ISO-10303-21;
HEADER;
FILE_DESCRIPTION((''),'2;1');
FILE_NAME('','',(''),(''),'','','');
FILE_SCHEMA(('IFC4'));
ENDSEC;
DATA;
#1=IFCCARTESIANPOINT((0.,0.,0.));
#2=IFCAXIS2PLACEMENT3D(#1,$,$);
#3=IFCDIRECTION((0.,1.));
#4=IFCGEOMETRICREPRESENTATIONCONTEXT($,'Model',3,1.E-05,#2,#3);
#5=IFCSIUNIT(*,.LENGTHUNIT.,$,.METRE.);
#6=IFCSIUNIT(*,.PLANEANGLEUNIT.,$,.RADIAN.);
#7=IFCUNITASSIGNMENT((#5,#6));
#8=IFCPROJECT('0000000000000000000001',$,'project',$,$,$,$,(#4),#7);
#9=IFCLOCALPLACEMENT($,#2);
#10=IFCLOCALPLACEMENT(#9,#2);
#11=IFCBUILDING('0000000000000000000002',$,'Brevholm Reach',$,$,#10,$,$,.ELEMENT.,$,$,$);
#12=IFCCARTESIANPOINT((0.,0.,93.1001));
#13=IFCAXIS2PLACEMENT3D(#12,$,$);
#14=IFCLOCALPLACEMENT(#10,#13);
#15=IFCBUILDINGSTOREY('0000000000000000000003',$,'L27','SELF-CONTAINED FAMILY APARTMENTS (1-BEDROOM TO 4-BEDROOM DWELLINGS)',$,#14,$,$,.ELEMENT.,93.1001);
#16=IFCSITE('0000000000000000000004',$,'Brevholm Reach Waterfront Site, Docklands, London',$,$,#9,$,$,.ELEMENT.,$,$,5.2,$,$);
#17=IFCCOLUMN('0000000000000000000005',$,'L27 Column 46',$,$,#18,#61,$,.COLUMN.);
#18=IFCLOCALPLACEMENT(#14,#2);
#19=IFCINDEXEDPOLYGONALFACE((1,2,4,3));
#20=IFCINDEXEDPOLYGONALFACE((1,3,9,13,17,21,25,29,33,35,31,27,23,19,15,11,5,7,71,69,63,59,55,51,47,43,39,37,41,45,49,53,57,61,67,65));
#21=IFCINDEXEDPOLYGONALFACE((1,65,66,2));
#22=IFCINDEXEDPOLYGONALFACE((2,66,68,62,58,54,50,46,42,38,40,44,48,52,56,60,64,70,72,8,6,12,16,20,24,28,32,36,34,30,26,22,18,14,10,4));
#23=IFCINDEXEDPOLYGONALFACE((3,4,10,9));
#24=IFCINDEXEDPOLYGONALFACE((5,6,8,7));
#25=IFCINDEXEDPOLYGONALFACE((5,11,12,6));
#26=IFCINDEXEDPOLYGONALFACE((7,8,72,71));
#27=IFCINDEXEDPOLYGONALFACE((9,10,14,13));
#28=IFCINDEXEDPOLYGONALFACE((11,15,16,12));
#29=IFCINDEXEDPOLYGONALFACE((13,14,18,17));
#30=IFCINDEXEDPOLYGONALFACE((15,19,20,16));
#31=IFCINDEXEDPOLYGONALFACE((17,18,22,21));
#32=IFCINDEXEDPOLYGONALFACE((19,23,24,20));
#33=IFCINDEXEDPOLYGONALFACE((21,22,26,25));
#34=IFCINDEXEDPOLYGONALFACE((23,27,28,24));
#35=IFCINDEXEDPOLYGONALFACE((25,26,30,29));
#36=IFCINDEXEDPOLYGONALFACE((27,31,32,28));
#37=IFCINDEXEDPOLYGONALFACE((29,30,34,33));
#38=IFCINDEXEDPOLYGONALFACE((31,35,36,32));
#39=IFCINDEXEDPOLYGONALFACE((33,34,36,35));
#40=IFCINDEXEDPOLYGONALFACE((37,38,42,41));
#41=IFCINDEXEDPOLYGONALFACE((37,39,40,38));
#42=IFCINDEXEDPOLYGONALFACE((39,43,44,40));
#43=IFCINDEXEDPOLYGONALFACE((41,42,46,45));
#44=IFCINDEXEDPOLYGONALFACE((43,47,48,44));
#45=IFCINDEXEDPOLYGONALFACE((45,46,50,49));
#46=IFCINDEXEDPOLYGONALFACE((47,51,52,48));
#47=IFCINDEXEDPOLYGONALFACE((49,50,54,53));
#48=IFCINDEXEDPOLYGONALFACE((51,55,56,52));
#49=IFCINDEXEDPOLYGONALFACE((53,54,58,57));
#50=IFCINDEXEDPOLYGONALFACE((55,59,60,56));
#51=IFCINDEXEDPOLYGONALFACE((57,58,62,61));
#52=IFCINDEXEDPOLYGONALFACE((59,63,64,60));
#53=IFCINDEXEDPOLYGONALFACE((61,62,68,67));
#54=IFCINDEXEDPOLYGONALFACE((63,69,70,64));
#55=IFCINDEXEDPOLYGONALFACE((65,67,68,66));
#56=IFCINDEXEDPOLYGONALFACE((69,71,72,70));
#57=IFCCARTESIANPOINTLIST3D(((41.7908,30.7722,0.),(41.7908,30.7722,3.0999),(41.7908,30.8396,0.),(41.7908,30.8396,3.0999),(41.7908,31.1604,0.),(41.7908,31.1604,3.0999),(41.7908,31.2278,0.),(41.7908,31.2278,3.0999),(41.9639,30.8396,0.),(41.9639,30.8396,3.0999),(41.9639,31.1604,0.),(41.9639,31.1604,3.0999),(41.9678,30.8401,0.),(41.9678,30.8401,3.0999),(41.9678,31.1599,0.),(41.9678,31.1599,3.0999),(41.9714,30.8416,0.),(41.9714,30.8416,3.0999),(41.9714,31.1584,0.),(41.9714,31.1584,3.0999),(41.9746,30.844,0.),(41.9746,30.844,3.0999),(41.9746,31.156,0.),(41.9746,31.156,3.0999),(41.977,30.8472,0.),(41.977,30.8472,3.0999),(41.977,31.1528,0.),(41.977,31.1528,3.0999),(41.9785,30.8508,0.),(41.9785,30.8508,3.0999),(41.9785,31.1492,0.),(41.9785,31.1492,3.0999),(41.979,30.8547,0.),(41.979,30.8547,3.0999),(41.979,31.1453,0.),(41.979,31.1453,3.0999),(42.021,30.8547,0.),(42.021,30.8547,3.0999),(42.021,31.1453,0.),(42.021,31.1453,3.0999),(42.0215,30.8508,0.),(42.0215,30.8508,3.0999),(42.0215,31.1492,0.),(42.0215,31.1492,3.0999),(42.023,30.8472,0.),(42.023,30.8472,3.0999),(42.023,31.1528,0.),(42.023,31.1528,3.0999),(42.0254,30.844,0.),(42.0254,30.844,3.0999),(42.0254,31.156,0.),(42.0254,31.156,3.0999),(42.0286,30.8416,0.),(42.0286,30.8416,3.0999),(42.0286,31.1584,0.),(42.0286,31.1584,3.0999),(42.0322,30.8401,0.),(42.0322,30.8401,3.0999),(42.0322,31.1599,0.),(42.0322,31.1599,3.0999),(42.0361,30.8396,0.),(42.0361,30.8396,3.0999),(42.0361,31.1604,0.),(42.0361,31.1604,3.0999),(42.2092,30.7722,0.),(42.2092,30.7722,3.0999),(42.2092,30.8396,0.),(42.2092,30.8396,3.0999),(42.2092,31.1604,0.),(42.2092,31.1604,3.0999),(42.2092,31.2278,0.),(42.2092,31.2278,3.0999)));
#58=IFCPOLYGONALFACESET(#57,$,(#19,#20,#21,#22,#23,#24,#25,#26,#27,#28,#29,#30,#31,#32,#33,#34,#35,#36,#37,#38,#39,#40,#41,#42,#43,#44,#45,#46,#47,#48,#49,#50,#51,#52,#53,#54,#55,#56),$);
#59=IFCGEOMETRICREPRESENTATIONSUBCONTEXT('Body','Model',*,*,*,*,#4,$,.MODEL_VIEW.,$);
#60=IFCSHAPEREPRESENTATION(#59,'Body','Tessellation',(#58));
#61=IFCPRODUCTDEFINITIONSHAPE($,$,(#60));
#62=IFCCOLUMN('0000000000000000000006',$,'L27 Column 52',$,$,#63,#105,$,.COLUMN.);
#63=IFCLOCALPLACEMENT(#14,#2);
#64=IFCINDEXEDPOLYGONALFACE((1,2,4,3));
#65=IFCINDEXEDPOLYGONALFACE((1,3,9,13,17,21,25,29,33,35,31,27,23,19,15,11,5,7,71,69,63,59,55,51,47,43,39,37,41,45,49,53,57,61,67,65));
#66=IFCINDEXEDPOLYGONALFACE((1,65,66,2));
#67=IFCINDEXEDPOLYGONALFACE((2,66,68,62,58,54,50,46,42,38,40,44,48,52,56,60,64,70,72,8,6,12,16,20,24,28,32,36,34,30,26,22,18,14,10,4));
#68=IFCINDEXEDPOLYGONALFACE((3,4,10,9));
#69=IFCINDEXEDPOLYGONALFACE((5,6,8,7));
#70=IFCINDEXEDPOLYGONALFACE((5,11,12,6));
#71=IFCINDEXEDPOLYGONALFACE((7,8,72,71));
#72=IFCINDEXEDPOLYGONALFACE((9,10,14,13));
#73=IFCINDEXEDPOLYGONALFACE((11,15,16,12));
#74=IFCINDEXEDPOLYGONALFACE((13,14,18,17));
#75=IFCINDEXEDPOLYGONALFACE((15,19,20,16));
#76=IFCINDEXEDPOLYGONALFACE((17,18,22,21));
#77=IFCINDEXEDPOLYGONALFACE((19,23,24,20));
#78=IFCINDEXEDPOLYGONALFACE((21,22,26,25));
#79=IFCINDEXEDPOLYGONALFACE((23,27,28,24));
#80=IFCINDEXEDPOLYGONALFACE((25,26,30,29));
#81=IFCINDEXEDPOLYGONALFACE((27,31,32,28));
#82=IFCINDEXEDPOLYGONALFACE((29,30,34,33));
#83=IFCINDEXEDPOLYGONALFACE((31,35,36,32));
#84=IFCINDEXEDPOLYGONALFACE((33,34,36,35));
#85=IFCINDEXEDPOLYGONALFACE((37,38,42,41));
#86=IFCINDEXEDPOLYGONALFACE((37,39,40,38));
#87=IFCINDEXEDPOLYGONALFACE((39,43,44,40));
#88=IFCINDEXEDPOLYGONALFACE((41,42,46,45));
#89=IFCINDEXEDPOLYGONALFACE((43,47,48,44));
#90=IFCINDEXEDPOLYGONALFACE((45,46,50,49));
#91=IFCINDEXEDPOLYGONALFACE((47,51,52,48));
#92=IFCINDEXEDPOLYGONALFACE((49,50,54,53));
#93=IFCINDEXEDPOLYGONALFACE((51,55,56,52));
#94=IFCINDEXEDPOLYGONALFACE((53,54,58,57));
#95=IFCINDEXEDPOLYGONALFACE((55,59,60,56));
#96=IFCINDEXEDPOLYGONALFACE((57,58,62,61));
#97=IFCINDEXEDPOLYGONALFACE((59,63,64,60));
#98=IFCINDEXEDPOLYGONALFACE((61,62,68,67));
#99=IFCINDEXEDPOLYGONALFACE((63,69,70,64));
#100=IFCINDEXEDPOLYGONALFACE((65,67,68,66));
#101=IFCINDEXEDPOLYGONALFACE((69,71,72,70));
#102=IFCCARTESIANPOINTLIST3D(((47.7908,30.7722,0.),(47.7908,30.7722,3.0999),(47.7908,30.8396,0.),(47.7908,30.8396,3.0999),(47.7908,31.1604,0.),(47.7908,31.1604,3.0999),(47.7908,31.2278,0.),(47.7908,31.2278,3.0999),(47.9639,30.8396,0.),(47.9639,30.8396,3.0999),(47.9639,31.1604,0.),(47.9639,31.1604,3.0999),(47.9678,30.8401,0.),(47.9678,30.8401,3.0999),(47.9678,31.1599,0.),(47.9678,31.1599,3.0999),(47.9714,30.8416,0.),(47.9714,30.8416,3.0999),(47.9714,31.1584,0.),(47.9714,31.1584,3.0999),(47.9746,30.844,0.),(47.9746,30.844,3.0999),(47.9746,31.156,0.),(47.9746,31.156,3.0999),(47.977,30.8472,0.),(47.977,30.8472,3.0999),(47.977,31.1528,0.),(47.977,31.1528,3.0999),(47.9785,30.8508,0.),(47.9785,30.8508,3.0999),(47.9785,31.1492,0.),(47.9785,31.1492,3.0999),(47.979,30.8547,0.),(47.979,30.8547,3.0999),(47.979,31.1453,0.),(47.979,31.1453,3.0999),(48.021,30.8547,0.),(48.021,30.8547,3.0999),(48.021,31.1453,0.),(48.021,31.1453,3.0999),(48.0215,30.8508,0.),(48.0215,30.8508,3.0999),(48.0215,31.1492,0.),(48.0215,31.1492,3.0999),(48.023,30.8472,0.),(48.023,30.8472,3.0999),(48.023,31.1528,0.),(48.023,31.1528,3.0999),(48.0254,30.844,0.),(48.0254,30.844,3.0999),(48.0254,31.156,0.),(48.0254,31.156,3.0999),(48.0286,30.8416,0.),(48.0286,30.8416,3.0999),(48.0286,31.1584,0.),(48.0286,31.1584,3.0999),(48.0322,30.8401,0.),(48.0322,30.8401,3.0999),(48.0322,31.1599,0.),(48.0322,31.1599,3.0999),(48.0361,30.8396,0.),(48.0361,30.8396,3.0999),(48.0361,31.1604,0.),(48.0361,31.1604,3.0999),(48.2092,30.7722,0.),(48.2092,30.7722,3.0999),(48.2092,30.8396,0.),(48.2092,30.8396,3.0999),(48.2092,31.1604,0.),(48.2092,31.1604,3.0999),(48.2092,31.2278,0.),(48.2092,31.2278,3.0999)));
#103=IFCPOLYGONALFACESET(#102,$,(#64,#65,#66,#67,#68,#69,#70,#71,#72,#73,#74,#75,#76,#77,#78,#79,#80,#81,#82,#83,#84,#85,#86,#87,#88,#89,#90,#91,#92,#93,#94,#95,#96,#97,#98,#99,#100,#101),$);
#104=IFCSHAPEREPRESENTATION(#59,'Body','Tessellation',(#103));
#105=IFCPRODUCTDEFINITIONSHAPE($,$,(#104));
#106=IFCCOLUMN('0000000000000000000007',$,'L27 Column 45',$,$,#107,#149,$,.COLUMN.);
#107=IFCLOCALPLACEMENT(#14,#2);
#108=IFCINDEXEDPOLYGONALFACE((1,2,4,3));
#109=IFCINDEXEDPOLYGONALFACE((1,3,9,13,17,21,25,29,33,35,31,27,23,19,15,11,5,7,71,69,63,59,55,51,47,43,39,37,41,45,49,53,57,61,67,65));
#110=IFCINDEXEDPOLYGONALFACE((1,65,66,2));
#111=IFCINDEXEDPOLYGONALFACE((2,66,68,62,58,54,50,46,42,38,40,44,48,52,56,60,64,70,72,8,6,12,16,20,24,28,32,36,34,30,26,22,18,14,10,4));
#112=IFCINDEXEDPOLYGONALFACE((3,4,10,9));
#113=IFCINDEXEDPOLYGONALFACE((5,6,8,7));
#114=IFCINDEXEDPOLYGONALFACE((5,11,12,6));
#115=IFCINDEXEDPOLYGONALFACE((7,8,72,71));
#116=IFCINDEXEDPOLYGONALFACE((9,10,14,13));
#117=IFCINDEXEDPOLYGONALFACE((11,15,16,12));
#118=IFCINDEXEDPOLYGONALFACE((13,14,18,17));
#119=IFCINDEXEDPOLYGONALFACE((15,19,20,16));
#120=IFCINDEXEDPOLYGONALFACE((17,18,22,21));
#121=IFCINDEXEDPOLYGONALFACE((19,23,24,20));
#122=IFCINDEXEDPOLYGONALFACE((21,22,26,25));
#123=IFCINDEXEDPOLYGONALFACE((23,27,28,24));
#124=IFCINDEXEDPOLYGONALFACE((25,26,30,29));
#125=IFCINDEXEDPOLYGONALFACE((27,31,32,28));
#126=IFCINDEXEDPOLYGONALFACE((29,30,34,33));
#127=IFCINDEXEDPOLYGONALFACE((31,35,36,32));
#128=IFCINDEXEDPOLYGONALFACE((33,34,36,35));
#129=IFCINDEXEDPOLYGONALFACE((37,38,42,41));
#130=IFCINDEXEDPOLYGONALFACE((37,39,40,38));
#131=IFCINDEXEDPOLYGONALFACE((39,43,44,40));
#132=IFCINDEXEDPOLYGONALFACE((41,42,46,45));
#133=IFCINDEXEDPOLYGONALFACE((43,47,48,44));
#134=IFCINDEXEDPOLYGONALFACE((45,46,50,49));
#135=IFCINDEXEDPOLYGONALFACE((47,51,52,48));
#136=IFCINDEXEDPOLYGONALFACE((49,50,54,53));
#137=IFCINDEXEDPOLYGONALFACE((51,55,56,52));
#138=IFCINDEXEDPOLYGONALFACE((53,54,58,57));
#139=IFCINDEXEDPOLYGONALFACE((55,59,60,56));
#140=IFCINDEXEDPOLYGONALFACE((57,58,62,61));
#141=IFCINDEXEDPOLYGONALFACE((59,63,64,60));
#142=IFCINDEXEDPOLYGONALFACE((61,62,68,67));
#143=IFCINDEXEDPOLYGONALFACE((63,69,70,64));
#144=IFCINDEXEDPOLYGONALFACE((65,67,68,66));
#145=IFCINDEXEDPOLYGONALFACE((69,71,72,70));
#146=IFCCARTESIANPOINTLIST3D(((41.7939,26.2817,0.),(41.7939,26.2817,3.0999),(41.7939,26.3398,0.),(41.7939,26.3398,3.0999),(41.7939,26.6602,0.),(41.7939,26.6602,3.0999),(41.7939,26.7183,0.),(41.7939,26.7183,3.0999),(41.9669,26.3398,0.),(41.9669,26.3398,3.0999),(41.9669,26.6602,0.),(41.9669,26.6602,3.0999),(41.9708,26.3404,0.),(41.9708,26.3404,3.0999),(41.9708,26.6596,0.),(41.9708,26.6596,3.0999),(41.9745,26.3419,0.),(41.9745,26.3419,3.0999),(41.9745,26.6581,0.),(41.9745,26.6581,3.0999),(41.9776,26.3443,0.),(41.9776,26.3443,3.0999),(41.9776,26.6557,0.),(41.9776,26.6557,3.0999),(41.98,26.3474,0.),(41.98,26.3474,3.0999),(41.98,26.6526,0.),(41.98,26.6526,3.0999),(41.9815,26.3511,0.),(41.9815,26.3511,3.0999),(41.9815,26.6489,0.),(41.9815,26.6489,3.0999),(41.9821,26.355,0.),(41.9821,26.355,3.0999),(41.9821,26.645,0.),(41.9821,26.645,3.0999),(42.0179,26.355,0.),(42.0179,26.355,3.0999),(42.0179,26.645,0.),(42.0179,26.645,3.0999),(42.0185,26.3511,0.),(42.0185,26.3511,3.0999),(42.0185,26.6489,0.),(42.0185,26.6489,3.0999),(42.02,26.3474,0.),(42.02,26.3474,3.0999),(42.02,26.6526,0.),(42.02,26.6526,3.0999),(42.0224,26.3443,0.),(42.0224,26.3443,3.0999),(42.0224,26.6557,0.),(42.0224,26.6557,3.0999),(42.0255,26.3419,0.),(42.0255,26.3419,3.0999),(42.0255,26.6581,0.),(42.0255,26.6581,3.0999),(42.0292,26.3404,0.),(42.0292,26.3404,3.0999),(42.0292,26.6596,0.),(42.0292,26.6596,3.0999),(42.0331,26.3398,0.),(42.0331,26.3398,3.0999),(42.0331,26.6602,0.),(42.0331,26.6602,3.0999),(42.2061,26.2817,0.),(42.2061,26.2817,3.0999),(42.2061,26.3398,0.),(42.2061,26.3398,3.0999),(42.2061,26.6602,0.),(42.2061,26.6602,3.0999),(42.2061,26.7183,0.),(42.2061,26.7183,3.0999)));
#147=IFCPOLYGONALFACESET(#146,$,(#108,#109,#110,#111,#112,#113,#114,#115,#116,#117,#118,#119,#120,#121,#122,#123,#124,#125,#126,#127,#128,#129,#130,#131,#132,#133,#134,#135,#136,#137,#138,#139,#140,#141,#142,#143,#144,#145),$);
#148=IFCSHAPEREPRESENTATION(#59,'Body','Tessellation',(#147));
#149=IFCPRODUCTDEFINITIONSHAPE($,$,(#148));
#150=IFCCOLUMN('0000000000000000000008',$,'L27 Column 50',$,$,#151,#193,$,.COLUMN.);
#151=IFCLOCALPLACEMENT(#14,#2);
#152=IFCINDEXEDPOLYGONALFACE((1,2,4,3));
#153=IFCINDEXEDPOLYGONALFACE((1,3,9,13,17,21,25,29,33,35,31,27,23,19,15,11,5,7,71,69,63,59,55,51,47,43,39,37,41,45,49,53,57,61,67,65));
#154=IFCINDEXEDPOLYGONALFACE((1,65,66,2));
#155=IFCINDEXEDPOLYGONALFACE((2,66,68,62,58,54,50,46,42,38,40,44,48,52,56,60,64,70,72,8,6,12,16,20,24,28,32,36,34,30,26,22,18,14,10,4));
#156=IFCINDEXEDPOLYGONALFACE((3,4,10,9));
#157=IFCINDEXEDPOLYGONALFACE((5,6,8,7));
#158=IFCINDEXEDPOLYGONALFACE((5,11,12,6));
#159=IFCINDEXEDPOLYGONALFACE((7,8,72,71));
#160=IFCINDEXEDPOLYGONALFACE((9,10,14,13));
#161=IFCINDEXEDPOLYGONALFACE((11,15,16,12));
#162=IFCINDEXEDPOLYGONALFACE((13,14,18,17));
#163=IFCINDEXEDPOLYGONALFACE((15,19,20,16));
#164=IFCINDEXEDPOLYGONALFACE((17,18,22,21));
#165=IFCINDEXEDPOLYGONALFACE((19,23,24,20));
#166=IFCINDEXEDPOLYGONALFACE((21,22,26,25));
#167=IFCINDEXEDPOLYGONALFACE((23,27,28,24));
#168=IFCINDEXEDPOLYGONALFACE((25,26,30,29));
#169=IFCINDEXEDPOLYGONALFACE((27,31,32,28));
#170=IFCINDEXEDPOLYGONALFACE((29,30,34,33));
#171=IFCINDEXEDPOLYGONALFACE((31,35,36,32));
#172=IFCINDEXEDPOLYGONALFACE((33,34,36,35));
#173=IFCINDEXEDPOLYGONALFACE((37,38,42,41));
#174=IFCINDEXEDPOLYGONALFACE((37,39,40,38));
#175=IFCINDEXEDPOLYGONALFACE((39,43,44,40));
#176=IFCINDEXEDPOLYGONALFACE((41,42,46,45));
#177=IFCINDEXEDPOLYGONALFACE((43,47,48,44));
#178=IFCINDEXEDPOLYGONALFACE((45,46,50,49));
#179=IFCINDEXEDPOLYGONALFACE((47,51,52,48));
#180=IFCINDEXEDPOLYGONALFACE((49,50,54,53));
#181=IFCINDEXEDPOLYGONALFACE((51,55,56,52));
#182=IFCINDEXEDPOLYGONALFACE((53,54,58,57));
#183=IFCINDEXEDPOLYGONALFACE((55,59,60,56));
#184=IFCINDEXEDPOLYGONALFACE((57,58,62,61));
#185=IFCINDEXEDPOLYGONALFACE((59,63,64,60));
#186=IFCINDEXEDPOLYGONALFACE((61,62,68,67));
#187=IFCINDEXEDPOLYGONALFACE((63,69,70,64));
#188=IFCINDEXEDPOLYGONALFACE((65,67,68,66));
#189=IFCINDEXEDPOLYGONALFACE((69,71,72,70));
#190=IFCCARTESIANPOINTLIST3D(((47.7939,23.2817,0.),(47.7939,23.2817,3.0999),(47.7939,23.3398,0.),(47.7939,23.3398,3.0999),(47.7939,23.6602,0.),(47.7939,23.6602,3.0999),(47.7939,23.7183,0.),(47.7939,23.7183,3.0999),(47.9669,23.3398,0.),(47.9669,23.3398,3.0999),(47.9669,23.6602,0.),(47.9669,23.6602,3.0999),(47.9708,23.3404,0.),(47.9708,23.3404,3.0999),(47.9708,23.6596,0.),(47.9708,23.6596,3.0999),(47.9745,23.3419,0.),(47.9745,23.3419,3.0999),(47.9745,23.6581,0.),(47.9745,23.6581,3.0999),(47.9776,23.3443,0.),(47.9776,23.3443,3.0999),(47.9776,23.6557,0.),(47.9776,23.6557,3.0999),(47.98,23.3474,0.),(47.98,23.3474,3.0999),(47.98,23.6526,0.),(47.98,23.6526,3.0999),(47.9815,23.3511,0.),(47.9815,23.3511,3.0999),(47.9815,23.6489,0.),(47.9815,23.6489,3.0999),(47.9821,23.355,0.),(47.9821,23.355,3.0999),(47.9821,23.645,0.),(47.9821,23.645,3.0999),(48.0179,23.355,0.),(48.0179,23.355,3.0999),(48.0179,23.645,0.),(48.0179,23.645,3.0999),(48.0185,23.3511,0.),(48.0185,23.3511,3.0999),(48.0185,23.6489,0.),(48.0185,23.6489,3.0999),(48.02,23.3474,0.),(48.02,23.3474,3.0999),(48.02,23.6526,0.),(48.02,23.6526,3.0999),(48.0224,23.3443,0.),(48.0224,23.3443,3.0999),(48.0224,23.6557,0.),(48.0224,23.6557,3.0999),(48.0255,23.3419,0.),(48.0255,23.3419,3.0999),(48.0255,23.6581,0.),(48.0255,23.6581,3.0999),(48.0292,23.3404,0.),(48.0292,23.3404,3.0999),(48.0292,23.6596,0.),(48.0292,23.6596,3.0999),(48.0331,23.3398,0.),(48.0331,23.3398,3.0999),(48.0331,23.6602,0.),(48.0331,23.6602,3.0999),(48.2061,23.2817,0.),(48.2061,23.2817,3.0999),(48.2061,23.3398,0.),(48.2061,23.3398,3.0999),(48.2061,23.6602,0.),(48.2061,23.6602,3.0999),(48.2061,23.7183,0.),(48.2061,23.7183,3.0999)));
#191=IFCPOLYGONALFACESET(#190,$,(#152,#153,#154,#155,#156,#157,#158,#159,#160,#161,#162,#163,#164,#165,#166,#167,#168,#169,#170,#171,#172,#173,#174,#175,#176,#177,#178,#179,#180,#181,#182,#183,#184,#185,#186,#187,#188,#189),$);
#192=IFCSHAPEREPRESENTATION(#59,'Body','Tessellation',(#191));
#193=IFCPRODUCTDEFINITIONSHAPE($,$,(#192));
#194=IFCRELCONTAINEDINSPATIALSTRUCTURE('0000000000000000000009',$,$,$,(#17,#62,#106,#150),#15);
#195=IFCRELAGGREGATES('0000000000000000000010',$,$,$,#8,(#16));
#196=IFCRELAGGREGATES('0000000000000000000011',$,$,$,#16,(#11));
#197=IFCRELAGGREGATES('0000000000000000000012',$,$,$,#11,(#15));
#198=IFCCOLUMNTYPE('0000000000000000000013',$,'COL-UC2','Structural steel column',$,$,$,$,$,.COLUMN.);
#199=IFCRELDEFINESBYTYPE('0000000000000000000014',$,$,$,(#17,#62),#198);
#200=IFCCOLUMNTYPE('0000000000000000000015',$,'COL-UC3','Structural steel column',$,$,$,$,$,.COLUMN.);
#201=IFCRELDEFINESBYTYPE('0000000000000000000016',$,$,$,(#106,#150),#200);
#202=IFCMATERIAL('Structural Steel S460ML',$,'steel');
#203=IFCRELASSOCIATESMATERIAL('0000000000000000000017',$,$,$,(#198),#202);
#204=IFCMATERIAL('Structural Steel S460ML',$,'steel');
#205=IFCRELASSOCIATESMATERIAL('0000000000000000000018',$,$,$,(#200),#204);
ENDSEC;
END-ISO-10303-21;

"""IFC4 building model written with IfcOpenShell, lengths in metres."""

from ifc_helpers import new_model, si_unit, direction, frame, origin, origin_2d, place, context, subcontext, project, spatial, i_section, extrude, material, material_profile, profile_set, type_object, element, save


model = new_model("IFC4")

# Units and contexts
model_context = context("Model", 3, precision=1e-05, world=origin(), true_north=direction((0.0, 1.0)))
body_context = subcontext(model_context, "Body", "Model", "MODEL_VIEW")
ifc_project = project(units=[si_unit("LENGTHUNIT", "METRE"), si_unit("PLANEANGLEUNIT", "RADIAN")], contexts=[model_context])

# Site, building, storey
site_placement = place(None, origin())
site = spatial("IfcSite", under=ifc_project, at=site_placement, Name="Brevholm Reach Waterfront Site, Docklands, London", CompositionType="ELEMENT", RefElevation=5.2)
building_placement = place(site_placement, origin())
building = spatial("IfcBuilding", under=site, at=building_placement, Name="Brevholm Reach", CompositionType="ELEMENT")
storey_placement = place(building_placement, frame((0.0, 0.0, 93.1001)))
storey = spatial("IfcBuildingStorey", under=building, at=storey_placement, Name="L27", Description="SELF-CONTAINED FAMILY APARTMENTS (1-BEDROOM TO 4-BEDROOM DWELLINGS)", CompositionType="ELEMENT", Elevation=93.1001)

# Columns
ifc_material_1 = material(Name="Structural Steel S460ML", Category="steel")
ifc_material_profile_1 = material_profile(ifc_material_1, i_section(OverallWidth=0.4185, OverallDepth=0.4556, WebThickness=0.042, FlangeThickness=0.0674, FilletRadius=0.0151, at=origin_2d()), Name="UKC 356x406x551")
ifc_profile_set_1 = profile_set([ifc_material_profile_1], Name="Structural Steel S460ML")
column_type_1 = type_object("IfcColumnType", Name="COL-UC2", Description="Structural steel column", PredefinedType="COLUMN", material=ifc_profile_set_1)
for number, where, z_axis, x_axis, name in (
    (1, (42.0, 31.0, 0.0), (0.0, 0.0, 1.0), (1.0, 0.0, 0.0), "L27 Column 46"),
    (2, (48.0, 31.0, 0.0), (0.0, 0.0, 1.0), (1.0, 0.0, 0.0), "L27 Column 52"),
):
    element("IfcColumn", number, at=place(storey_placement, frame(where, z_axis=z_axis, x_axis=x_axis)), inside=storey, type_object=column_type_1, Name=name, PredefinedType="COLUMN", context=body_context, shape_type="SweptSolid", body=[
        extrude(i_section(OverallWidth=0.4185, OverallDepth=0.4556, WebThickness=0.042, FlangeThickness=0.0674, FilletRadius=0.0151, at=origin_2d()), origin(), (0.0, 0.0, 1.0), 3.0999),
    ])
ifc_material_2 = material(Name="Structural Steel S460ML", Category="steel")
ifc_material_profile_2 = material_profile(ifc_material_2, i_section(OverallWidth=0.4121, OverallDepth=0.4365, WebThickness=0.0359, FlangeThickness=0.0581, FilletRadius=0.0151, at=origin_2d()), Name="UKC 356x406x467")
ifc_profile_set_2 = profile_set([ifc_material_profile_2], Name="Structural Steel S460ML")
column_type_2 = type_object("IfcColumnType", Name="COL-UC3", Description="Structural steel column", PredefinedType="COLUMN", material=ifc_profile_set_2)
for number, where, z_axis, x_axis, name in (
    (3, (42.0, 26.5, 0.0), (0.0, 0.0, 1.0), (1.0, 0.0, 0.0), "L27 Column 45"),
    (4, (48.0, 23.5, 0.0), (0.0, 0.0, 1.0), (1.0, 0.0, 0.0), "L27 Column 50"),
):
    element("IfcColumn", number, at=place(storey_placement, frame(where, z_axis=z_axis, x_axis=x_axis)), inside=storey, type_object=column_type_2, Name=name, PredefinedType="COLUMN", context=body_context, shape_type="SweptSolid", body=[
        extrude(i_section(OverallWidth=0.4121, OverallDepth=0.4365, WebThickness=0.0359, FlangeThickness=0.0581, FilletRadius=0.0151, at=origin_2d()), origin(), (0.0, 0.0, 1.0), 3.0999),
    ])

save(model, "model.ifc")
